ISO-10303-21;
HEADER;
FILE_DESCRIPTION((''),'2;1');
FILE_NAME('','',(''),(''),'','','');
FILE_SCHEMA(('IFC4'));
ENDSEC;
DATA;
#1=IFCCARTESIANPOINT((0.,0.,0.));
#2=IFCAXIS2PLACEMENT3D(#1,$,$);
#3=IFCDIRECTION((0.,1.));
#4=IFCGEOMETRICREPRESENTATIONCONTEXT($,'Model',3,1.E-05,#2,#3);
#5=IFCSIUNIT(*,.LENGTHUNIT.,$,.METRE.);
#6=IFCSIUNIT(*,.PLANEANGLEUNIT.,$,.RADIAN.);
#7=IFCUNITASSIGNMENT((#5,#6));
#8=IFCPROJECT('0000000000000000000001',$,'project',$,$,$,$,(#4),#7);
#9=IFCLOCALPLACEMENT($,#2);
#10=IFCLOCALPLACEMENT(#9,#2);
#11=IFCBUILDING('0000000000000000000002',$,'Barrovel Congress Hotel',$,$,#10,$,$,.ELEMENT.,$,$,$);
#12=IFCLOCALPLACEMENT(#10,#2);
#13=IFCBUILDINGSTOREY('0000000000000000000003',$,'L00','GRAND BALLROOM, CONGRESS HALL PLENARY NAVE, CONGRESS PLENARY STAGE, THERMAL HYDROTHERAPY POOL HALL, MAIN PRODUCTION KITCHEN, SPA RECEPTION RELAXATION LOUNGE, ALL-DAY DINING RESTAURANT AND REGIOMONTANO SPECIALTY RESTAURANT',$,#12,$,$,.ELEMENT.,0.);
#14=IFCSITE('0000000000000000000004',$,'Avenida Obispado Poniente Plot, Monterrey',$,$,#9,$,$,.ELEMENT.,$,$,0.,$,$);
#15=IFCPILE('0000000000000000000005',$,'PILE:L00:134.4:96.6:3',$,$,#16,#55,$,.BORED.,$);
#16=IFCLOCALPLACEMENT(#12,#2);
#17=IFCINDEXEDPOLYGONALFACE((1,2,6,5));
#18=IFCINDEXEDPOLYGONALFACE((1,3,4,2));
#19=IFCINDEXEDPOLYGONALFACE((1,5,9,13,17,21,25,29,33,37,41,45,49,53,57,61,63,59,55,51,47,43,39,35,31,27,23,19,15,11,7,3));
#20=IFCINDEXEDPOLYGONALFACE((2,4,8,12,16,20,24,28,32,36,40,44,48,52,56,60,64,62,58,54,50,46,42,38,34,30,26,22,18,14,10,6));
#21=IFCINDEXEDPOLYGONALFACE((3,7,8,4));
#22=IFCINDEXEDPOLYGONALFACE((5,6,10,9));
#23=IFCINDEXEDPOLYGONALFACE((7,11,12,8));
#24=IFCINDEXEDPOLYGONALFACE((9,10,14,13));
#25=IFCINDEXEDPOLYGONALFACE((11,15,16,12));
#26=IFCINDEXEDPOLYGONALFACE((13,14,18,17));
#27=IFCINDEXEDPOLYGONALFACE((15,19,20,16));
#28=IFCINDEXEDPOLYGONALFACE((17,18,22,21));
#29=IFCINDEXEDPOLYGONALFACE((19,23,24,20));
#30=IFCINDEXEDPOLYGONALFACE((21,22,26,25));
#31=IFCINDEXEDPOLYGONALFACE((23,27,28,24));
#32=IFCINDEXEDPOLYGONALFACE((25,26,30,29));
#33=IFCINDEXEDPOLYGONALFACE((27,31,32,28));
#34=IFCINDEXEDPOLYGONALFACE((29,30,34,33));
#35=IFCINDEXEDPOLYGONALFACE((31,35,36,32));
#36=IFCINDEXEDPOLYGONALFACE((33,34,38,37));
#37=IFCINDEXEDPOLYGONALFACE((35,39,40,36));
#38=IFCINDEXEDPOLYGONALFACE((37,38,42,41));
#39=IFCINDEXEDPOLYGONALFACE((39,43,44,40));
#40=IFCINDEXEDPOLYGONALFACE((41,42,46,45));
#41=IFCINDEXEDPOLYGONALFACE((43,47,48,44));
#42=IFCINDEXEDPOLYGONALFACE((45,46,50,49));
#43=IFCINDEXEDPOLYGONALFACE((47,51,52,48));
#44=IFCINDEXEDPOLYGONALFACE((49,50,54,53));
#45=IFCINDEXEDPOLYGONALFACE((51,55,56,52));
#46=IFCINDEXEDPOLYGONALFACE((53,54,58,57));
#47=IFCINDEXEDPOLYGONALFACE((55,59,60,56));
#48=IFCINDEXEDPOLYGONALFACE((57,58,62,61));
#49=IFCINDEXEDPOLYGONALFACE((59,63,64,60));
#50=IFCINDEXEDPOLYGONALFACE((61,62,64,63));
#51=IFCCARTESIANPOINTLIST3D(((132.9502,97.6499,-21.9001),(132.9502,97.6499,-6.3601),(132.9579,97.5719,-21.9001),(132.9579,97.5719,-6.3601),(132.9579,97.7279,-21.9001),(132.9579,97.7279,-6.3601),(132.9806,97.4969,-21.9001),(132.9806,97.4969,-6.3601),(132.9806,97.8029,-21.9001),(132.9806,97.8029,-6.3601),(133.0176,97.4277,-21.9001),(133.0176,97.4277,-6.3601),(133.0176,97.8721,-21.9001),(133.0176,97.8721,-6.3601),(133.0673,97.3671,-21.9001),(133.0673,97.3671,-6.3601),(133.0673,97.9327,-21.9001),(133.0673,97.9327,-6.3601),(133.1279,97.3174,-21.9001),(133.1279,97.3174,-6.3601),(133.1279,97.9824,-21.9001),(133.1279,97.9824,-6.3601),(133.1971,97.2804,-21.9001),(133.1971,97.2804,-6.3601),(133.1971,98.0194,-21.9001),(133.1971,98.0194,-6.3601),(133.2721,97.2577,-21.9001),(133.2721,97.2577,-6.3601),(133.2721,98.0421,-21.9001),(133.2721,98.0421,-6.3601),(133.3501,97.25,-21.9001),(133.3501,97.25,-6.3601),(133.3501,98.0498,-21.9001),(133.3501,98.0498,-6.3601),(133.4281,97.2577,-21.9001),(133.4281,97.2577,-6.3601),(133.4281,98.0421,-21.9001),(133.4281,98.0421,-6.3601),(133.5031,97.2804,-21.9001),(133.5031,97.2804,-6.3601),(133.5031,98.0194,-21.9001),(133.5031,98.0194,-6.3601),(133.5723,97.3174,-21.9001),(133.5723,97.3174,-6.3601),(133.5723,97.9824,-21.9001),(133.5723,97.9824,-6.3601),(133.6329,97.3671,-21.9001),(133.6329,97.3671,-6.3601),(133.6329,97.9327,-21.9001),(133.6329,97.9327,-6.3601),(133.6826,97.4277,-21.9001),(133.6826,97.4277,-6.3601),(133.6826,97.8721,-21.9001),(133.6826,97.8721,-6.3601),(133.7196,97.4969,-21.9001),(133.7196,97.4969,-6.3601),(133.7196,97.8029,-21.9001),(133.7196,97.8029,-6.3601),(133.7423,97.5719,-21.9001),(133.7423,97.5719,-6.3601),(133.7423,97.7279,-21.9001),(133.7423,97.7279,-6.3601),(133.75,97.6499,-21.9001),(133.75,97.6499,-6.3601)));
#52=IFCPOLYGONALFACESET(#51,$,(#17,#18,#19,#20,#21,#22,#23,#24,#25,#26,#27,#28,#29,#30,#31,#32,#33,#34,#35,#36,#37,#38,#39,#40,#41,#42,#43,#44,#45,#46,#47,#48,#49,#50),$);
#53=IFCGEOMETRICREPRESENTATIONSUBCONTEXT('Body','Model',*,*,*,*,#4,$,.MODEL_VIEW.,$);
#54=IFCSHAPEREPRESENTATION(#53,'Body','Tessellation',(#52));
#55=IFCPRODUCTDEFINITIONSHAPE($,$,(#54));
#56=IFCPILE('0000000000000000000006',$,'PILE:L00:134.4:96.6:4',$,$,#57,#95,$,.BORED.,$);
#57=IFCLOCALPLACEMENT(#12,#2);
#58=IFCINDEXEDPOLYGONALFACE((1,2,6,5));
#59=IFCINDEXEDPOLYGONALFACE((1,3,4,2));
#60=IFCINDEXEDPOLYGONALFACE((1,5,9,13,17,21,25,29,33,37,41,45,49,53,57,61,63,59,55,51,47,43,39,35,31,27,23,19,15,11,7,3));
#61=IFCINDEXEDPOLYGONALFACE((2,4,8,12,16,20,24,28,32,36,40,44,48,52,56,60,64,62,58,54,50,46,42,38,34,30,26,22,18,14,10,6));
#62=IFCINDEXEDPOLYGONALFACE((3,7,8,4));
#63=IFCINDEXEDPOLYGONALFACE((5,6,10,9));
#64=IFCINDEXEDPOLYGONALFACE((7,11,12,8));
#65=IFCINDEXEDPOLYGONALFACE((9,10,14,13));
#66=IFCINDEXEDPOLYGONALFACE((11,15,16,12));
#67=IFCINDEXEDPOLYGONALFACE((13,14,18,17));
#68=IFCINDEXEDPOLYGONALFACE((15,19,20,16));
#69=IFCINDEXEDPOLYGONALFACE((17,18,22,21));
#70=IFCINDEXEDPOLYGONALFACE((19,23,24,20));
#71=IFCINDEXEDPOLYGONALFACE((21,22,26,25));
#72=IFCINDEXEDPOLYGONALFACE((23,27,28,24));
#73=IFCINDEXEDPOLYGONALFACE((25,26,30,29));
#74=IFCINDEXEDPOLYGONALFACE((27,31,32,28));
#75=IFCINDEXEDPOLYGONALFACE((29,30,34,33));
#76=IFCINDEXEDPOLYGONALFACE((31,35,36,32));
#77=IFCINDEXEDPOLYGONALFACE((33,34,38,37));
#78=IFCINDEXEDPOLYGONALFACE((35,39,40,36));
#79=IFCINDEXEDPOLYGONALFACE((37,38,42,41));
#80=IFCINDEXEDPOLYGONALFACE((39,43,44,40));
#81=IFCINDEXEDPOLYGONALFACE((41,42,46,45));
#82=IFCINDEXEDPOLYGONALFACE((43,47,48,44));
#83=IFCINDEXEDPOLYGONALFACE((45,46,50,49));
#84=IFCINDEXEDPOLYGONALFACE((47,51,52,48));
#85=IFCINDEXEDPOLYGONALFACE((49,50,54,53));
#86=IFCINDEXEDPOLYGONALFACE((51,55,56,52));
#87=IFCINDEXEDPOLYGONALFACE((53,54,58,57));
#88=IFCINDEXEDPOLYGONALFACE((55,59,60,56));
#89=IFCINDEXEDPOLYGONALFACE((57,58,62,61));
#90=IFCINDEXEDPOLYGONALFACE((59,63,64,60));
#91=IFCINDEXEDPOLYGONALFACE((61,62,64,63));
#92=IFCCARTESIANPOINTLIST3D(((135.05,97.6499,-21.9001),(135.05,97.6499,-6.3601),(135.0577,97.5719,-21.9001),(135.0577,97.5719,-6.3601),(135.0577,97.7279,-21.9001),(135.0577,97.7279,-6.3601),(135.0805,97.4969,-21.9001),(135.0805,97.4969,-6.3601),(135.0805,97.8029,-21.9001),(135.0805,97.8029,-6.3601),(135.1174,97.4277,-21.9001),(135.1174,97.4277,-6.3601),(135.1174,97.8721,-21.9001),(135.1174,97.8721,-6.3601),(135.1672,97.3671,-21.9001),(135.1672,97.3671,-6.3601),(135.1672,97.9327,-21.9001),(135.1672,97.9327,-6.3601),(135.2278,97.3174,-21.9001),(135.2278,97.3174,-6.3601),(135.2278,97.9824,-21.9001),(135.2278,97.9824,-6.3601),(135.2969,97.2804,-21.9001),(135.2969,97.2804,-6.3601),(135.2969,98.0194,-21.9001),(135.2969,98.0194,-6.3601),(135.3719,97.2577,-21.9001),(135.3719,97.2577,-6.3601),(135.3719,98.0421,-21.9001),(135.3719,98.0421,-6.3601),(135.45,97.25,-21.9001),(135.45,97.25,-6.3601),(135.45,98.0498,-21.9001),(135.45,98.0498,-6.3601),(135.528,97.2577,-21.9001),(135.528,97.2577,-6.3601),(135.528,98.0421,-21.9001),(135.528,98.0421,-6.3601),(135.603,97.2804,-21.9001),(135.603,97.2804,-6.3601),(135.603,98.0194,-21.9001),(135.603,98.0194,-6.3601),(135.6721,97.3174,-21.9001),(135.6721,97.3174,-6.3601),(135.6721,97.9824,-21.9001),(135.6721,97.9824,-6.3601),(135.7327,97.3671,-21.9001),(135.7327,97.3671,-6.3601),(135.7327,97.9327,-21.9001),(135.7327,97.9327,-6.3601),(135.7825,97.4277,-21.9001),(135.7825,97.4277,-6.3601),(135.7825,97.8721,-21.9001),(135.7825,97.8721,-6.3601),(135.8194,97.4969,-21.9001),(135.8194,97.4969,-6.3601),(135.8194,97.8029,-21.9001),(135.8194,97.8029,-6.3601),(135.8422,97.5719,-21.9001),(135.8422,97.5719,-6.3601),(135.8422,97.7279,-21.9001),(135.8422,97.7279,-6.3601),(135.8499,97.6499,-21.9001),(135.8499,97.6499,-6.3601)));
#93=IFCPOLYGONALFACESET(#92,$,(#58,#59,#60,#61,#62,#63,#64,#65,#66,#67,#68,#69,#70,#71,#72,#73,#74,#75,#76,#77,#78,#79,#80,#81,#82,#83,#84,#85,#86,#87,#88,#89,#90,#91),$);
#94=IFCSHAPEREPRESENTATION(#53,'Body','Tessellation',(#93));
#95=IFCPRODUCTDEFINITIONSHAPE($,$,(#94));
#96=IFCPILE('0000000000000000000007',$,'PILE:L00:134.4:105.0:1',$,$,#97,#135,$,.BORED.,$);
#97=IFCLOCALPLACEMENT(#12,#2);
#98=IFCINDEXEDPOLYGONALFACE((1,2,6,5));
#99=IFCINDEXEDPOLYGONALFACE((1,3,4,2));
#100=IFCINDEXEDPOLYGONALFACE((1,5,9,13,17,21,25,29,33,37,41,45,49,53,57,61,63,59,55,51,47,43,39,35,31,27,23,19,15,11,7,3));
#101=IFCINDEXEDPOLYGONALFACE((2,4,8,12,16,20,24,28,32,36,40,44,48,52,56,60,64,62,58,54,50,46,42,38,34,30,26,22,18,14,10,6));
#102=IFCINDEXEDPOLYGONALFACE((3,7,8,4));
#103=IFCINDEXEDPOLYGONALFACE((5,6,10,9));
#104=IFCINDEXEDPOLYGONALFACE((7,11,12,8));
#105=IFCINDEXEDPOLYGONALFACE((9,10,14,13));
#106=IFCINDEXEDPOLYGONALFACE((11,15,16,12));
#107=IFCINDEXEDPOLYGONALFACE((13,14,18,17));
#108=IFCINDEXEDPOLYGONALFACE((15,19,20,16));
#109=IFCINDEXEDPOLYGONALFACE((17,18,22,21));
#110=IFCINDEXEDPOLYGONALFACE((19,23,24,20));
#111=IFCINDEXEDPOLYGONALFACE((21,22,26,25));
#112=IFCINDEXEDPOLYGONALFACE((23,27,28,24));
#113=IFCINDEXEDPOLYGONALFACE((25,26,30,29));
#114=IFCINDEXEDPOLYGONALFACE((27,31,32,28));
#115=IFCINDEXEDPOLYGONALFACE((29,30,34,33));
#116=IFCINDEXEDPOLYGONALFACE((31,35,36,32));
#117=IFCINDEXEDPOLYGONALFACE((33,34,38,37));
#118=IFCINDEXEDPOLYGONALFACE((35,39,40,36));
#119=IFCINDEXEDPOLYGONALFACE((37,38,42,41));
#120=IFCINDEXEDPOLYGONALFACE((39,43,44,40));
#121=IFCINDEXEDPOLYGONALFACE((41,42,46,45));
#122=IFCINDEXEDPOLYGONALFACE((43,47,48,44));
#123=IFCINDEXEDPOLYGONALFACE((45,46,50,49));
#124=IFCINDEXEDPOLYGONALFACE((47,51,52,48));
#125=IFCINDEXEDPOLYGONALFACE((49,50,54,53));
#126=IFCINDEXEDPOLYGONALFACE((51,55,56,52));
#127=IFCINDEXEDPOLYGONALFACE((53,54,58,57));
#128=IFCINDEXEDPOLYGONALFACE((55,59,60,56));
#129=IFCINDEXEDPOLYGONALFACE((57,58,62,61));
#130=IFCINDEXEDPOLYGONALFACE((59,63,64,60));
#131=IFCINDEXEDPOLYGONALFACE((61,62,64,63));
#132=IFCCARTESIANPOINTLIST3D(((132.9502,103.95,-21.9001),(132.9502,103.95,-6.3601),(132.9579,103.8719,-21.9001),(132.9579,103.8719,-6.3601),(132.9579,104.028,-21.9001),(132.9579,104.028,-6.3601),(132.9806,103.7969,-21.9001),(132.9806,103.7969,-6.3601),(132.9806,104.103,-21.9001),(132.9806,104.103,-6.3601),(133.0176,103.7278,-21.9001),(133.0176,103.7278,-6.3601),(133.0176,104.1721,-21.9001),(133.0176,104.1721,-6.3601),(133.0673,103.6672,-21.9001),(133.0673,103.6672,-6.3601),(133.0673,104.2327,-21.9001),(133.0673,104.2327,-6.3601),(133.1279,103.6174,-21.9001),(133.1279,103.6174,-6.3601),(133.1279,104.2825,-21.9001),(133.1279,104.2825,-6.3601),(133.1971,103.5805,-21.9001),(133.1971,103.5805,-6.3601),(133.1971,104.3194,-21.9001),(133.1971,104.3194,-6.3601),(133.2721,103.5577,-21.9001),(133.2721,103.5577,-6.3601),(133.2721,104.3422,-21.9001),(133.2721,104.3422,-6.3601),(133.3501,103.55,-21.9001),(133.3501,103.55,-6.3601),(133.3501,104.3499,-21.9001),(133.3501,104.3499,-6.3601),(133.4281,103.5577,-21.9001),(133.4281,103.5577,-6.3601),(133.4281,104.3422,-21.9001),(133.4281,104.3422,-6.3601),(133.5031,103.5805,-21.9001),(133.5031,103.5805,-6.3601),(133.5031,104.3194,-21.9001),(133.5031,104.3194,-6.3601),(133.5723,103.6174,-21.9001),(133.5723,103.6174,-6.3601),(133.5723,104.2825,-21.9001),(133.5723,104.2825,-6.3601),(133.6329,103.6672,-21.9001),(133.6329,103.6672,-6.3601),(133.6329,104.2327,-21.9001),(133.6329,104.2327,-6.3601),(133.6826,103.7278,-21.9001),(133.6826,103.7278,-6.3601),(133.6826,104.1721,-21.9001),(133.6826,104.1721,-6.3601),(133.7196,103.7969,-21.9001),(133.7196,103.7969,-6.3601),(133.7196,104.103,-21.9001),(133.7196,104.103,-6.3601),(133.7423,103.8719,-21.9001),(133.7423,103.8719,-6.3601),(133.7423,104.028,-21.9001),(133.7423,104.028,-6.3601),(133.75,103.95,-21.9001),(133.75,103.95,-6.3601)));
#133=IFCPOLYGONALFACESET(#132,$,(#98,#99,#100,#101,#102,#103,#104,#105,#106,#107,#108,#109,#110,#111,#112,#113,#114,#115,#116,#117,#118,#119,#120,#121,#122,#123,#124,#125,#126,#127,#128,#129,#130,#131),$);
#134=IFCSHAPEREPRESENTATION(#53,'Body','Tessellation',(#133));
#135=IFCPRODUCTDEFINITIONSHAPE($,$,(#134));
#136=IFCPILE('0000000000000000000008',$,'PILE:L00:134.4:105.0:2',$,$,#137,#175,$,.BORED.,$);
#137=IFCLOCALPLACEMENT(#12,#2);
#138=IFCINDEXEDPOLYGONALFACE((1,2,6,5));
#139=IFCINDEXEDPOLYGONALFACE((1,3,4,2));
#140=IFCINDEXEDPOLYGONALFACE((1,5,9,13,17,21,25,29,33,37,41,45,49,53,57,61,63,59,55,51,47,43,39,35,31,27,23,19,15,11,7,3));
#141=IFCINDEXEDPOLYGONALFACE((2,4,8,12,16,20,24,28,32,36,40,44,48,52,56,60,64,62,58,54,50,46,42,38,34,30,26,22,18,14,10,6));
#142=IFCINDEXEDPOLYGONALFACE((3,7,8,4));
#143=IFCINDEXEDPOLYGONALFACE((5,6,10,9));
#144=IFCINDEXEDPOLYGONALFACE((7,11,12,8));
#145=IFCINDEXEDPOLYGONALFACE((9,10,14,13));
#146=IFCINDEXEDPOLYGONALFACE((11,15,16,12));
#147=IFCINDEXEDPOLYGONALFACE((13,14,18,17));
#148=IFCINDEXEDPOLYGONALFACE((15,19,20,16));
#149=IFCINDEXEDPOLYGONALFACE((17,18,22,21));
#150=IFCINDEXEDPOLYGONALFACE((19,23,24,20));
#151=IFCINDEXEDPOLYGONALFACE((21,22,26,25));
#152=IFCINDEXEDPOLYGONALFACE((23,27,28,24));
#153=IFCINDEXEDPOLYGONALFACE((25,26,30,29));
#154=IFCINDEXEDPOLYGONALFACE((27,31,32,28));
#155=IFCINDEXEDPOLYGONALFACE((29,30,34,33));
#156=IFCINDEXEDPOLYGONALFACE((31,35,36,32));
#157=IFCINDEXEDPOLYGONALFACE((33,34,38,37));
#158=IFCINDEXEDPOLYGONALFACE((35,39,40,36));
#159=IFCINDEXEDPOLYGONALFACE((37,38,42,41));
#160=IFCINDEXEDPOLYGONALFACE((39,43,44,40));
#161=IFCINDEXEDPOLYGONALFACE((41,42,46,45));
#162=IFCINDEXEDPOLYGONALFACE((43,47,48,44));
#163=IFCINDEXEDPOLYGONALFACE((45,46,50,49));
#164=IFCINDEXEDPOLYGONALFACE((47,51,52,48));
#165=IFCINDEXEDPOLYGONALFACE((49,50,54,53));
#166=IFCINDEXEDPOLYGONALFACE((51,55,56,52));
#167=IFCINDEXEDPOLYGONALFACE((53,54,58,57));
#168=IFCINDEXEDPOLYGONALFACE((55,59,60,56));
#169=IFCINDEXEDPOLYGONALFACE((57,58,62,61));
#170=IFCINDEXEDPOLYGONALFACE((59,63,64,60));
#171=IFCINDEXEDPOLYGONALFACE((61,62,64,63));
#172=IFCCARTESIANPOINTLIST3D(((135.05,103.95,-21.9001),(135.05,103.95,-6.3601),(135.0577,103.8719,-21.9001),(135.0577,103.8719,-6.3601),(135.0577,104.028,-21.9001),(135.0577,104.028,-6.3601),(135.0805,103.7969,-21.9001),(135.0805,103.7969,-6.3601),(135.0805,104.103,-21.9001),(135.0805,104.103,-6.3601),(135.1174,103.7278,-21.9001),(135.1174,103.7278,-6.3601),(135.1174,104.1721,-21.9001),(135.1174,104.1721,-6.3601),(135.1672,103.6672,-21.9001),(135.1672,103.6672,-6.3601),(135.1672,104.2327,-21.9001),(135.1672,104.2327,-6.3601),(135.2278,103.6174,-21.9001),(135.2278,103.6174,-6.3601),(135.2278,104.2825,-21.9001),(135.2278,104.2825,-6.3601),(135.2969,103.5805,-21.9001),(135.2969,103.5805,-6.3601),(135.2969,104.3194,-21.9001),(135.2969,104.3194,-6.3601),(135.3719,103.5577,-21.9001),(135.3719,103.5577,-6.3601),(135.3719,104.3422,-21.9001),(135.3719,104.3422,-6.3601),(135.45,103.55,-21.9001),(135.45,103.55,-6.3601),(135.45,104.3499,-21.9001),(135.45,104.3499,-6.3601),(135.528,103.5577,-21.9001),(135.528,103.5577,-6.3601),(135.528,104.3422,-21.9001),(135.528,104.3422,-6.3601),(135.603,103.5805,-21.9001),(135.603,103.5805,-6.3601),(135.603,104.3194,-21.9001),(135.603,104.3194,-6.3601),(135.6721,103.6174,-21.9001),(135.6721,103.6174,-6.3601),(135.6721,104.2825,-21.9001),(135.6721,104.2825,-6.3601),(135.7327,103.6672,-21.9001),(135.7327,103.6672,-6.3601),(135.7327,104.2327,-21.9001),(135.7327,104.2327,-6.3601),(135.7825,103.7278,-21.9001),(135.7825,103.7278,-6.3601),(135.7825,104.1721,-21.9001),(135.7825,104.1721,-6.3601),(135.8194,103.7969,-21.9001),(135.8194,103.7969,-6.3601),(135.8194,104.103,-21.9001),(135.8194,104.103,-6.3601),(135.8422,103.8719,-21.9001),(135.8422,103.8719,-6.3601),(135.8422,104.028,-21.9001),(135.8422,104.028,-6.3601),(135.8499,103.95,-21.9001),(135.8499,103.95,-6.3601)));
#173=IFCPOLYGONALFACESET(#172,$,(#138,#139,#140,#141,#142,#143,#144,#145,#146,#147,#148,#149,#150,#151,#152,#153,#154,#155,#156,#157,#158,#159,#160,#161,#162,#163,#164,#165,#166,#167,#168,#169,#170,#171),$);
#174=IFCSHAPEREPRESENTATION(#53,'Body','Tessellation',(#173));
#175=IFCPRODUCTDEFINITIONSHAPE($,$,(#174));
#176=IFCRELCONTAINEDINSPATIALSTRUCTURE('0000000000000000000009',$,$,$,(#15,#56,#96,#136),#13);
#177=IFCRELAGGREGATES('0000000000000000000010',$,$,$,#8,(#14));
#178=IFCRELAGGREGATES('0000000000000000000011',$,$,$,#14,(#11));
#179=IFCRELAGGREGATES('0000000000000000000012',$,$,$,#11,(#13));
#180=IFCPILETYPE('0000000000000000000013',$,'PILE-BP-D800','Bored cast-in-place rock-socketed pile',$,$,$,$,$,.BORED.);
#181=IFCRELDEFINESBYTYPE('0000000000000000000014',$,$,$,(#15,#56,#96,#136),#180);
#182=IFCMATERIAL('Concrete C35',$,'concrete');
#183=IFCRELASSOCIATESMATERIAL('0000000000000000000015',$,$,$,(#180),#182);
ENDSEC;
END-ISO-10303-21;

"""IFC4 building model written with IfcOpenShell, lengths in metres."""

from ifc_helpers import new_model, si_unit, direction, frame, origin, origin_2d, place, context, subcontext, project, spatial, circle, extrude, material, material_profile, profile_set, type_object, element, save


model = new_model("IFC4")

# Units and contexts
model_context = context("Model", 3, precision=1e-05, world=origin(), true_north=direction((0.0, 1.0)))
body_context = subcontext(model_context, "Body", "Model", "MODEL_VIEW")
ifc_project = project(units=[si_unit("LENGTHUNIT", "METRE"), si_unit("PLANEANGLEUNIT", "RADIAN")], contexts=[model_context])

# Site, building, storey
site_placement = place(None, origin())
site = spatial("IfcSite", under=ifc_project, at=site_placement, Name="Avenida Obispado Poniente Plot, Monterrey", CompositionType="ELEMENT", RefElevation=0.0)
building_placement = place(site_placement, origin())
building = spatial("IfcBuilding", under=site, at=building_placement, Name="Barrovel Congress Hotel", CompositionType="ELEMENT")
storey_placement = place(building_placement, origin())
storey = spatial("IfcBuildingStorey", under=building, at=storey_placement, Name="L00", Description="GRAND BALLROOM, CONGRESS HALL PLENARY NAVE, CONGRESS PLENARY STAGE, THERMAL HYDROTHERAPY POOL HALL, MAIN PRODUCTION KITCHEN, SPA RECEPTION RELAXATION LOUNGE, ALL-DAY DINING RESTAURANT AND REGIOMONTANO SPECIALTY RESTAURANT", CompositionType="ELEMENT", Elevation=0.0)

# Piles
ifc_material_1 = material(Name="Concrete C35", Category="concrete")
ifc_material_profile_1 = material_profile(ifc_material_1, circle(Radius=0.3999, at=origin_2d()), Name="BP-D800")
ifc_profile_set_1 = profile_set([ifc_material_profile_1], Name="Concrete C35")
pile_type = type_object("IfcPileType", Name="PILE-BP-D800", Description="Bored cast-in-place rock-socketed pile", PredefinedType="BORED", material=ifc_profile_set_1)
for number, where, z_axis, x_axis, name in (
    (1, (133.3501, 97.6499, -6.3601), (0.0, 0.0, -1.0), (1.0, 0.0, 0.0), "PILE:L00:134.4:96.6:3"),
    (2, (135.45, 97.6499, -6.3601), (0.0, 0.0, -1.0), (1.0, 0.0, 0.0), "PILE:L00:134.4:96.6:4"),
    (3, (133.3501, 103.95, -6.3601), (0.0, 0.0, -1.0), (1.0, 0.0, 0.0), "PILE:L00:134.4:105.0:1"),
    (4, (135.45, 103.95, -6.3601), (0.0, 0.0, -1.0), (1.0, 0.0, 0.0), "PILE:L00:134.4:105.0:2"),
):
    element("IfcPile", number, at=place(storey_placement, frame(where, z_axis=z_axis, x_axis=x_axis)), inside=storey, type_object=pile_type, Name=name, PredefinedType="BORED", context=body_context, shape_type="SweptSolid", body=[
        extrude(circle(Radius=0.3999, at=origin_2d()), origin(), (0.0, 0.0, 1.0), 15.54),
    ])

save(model, "model.ifc")
